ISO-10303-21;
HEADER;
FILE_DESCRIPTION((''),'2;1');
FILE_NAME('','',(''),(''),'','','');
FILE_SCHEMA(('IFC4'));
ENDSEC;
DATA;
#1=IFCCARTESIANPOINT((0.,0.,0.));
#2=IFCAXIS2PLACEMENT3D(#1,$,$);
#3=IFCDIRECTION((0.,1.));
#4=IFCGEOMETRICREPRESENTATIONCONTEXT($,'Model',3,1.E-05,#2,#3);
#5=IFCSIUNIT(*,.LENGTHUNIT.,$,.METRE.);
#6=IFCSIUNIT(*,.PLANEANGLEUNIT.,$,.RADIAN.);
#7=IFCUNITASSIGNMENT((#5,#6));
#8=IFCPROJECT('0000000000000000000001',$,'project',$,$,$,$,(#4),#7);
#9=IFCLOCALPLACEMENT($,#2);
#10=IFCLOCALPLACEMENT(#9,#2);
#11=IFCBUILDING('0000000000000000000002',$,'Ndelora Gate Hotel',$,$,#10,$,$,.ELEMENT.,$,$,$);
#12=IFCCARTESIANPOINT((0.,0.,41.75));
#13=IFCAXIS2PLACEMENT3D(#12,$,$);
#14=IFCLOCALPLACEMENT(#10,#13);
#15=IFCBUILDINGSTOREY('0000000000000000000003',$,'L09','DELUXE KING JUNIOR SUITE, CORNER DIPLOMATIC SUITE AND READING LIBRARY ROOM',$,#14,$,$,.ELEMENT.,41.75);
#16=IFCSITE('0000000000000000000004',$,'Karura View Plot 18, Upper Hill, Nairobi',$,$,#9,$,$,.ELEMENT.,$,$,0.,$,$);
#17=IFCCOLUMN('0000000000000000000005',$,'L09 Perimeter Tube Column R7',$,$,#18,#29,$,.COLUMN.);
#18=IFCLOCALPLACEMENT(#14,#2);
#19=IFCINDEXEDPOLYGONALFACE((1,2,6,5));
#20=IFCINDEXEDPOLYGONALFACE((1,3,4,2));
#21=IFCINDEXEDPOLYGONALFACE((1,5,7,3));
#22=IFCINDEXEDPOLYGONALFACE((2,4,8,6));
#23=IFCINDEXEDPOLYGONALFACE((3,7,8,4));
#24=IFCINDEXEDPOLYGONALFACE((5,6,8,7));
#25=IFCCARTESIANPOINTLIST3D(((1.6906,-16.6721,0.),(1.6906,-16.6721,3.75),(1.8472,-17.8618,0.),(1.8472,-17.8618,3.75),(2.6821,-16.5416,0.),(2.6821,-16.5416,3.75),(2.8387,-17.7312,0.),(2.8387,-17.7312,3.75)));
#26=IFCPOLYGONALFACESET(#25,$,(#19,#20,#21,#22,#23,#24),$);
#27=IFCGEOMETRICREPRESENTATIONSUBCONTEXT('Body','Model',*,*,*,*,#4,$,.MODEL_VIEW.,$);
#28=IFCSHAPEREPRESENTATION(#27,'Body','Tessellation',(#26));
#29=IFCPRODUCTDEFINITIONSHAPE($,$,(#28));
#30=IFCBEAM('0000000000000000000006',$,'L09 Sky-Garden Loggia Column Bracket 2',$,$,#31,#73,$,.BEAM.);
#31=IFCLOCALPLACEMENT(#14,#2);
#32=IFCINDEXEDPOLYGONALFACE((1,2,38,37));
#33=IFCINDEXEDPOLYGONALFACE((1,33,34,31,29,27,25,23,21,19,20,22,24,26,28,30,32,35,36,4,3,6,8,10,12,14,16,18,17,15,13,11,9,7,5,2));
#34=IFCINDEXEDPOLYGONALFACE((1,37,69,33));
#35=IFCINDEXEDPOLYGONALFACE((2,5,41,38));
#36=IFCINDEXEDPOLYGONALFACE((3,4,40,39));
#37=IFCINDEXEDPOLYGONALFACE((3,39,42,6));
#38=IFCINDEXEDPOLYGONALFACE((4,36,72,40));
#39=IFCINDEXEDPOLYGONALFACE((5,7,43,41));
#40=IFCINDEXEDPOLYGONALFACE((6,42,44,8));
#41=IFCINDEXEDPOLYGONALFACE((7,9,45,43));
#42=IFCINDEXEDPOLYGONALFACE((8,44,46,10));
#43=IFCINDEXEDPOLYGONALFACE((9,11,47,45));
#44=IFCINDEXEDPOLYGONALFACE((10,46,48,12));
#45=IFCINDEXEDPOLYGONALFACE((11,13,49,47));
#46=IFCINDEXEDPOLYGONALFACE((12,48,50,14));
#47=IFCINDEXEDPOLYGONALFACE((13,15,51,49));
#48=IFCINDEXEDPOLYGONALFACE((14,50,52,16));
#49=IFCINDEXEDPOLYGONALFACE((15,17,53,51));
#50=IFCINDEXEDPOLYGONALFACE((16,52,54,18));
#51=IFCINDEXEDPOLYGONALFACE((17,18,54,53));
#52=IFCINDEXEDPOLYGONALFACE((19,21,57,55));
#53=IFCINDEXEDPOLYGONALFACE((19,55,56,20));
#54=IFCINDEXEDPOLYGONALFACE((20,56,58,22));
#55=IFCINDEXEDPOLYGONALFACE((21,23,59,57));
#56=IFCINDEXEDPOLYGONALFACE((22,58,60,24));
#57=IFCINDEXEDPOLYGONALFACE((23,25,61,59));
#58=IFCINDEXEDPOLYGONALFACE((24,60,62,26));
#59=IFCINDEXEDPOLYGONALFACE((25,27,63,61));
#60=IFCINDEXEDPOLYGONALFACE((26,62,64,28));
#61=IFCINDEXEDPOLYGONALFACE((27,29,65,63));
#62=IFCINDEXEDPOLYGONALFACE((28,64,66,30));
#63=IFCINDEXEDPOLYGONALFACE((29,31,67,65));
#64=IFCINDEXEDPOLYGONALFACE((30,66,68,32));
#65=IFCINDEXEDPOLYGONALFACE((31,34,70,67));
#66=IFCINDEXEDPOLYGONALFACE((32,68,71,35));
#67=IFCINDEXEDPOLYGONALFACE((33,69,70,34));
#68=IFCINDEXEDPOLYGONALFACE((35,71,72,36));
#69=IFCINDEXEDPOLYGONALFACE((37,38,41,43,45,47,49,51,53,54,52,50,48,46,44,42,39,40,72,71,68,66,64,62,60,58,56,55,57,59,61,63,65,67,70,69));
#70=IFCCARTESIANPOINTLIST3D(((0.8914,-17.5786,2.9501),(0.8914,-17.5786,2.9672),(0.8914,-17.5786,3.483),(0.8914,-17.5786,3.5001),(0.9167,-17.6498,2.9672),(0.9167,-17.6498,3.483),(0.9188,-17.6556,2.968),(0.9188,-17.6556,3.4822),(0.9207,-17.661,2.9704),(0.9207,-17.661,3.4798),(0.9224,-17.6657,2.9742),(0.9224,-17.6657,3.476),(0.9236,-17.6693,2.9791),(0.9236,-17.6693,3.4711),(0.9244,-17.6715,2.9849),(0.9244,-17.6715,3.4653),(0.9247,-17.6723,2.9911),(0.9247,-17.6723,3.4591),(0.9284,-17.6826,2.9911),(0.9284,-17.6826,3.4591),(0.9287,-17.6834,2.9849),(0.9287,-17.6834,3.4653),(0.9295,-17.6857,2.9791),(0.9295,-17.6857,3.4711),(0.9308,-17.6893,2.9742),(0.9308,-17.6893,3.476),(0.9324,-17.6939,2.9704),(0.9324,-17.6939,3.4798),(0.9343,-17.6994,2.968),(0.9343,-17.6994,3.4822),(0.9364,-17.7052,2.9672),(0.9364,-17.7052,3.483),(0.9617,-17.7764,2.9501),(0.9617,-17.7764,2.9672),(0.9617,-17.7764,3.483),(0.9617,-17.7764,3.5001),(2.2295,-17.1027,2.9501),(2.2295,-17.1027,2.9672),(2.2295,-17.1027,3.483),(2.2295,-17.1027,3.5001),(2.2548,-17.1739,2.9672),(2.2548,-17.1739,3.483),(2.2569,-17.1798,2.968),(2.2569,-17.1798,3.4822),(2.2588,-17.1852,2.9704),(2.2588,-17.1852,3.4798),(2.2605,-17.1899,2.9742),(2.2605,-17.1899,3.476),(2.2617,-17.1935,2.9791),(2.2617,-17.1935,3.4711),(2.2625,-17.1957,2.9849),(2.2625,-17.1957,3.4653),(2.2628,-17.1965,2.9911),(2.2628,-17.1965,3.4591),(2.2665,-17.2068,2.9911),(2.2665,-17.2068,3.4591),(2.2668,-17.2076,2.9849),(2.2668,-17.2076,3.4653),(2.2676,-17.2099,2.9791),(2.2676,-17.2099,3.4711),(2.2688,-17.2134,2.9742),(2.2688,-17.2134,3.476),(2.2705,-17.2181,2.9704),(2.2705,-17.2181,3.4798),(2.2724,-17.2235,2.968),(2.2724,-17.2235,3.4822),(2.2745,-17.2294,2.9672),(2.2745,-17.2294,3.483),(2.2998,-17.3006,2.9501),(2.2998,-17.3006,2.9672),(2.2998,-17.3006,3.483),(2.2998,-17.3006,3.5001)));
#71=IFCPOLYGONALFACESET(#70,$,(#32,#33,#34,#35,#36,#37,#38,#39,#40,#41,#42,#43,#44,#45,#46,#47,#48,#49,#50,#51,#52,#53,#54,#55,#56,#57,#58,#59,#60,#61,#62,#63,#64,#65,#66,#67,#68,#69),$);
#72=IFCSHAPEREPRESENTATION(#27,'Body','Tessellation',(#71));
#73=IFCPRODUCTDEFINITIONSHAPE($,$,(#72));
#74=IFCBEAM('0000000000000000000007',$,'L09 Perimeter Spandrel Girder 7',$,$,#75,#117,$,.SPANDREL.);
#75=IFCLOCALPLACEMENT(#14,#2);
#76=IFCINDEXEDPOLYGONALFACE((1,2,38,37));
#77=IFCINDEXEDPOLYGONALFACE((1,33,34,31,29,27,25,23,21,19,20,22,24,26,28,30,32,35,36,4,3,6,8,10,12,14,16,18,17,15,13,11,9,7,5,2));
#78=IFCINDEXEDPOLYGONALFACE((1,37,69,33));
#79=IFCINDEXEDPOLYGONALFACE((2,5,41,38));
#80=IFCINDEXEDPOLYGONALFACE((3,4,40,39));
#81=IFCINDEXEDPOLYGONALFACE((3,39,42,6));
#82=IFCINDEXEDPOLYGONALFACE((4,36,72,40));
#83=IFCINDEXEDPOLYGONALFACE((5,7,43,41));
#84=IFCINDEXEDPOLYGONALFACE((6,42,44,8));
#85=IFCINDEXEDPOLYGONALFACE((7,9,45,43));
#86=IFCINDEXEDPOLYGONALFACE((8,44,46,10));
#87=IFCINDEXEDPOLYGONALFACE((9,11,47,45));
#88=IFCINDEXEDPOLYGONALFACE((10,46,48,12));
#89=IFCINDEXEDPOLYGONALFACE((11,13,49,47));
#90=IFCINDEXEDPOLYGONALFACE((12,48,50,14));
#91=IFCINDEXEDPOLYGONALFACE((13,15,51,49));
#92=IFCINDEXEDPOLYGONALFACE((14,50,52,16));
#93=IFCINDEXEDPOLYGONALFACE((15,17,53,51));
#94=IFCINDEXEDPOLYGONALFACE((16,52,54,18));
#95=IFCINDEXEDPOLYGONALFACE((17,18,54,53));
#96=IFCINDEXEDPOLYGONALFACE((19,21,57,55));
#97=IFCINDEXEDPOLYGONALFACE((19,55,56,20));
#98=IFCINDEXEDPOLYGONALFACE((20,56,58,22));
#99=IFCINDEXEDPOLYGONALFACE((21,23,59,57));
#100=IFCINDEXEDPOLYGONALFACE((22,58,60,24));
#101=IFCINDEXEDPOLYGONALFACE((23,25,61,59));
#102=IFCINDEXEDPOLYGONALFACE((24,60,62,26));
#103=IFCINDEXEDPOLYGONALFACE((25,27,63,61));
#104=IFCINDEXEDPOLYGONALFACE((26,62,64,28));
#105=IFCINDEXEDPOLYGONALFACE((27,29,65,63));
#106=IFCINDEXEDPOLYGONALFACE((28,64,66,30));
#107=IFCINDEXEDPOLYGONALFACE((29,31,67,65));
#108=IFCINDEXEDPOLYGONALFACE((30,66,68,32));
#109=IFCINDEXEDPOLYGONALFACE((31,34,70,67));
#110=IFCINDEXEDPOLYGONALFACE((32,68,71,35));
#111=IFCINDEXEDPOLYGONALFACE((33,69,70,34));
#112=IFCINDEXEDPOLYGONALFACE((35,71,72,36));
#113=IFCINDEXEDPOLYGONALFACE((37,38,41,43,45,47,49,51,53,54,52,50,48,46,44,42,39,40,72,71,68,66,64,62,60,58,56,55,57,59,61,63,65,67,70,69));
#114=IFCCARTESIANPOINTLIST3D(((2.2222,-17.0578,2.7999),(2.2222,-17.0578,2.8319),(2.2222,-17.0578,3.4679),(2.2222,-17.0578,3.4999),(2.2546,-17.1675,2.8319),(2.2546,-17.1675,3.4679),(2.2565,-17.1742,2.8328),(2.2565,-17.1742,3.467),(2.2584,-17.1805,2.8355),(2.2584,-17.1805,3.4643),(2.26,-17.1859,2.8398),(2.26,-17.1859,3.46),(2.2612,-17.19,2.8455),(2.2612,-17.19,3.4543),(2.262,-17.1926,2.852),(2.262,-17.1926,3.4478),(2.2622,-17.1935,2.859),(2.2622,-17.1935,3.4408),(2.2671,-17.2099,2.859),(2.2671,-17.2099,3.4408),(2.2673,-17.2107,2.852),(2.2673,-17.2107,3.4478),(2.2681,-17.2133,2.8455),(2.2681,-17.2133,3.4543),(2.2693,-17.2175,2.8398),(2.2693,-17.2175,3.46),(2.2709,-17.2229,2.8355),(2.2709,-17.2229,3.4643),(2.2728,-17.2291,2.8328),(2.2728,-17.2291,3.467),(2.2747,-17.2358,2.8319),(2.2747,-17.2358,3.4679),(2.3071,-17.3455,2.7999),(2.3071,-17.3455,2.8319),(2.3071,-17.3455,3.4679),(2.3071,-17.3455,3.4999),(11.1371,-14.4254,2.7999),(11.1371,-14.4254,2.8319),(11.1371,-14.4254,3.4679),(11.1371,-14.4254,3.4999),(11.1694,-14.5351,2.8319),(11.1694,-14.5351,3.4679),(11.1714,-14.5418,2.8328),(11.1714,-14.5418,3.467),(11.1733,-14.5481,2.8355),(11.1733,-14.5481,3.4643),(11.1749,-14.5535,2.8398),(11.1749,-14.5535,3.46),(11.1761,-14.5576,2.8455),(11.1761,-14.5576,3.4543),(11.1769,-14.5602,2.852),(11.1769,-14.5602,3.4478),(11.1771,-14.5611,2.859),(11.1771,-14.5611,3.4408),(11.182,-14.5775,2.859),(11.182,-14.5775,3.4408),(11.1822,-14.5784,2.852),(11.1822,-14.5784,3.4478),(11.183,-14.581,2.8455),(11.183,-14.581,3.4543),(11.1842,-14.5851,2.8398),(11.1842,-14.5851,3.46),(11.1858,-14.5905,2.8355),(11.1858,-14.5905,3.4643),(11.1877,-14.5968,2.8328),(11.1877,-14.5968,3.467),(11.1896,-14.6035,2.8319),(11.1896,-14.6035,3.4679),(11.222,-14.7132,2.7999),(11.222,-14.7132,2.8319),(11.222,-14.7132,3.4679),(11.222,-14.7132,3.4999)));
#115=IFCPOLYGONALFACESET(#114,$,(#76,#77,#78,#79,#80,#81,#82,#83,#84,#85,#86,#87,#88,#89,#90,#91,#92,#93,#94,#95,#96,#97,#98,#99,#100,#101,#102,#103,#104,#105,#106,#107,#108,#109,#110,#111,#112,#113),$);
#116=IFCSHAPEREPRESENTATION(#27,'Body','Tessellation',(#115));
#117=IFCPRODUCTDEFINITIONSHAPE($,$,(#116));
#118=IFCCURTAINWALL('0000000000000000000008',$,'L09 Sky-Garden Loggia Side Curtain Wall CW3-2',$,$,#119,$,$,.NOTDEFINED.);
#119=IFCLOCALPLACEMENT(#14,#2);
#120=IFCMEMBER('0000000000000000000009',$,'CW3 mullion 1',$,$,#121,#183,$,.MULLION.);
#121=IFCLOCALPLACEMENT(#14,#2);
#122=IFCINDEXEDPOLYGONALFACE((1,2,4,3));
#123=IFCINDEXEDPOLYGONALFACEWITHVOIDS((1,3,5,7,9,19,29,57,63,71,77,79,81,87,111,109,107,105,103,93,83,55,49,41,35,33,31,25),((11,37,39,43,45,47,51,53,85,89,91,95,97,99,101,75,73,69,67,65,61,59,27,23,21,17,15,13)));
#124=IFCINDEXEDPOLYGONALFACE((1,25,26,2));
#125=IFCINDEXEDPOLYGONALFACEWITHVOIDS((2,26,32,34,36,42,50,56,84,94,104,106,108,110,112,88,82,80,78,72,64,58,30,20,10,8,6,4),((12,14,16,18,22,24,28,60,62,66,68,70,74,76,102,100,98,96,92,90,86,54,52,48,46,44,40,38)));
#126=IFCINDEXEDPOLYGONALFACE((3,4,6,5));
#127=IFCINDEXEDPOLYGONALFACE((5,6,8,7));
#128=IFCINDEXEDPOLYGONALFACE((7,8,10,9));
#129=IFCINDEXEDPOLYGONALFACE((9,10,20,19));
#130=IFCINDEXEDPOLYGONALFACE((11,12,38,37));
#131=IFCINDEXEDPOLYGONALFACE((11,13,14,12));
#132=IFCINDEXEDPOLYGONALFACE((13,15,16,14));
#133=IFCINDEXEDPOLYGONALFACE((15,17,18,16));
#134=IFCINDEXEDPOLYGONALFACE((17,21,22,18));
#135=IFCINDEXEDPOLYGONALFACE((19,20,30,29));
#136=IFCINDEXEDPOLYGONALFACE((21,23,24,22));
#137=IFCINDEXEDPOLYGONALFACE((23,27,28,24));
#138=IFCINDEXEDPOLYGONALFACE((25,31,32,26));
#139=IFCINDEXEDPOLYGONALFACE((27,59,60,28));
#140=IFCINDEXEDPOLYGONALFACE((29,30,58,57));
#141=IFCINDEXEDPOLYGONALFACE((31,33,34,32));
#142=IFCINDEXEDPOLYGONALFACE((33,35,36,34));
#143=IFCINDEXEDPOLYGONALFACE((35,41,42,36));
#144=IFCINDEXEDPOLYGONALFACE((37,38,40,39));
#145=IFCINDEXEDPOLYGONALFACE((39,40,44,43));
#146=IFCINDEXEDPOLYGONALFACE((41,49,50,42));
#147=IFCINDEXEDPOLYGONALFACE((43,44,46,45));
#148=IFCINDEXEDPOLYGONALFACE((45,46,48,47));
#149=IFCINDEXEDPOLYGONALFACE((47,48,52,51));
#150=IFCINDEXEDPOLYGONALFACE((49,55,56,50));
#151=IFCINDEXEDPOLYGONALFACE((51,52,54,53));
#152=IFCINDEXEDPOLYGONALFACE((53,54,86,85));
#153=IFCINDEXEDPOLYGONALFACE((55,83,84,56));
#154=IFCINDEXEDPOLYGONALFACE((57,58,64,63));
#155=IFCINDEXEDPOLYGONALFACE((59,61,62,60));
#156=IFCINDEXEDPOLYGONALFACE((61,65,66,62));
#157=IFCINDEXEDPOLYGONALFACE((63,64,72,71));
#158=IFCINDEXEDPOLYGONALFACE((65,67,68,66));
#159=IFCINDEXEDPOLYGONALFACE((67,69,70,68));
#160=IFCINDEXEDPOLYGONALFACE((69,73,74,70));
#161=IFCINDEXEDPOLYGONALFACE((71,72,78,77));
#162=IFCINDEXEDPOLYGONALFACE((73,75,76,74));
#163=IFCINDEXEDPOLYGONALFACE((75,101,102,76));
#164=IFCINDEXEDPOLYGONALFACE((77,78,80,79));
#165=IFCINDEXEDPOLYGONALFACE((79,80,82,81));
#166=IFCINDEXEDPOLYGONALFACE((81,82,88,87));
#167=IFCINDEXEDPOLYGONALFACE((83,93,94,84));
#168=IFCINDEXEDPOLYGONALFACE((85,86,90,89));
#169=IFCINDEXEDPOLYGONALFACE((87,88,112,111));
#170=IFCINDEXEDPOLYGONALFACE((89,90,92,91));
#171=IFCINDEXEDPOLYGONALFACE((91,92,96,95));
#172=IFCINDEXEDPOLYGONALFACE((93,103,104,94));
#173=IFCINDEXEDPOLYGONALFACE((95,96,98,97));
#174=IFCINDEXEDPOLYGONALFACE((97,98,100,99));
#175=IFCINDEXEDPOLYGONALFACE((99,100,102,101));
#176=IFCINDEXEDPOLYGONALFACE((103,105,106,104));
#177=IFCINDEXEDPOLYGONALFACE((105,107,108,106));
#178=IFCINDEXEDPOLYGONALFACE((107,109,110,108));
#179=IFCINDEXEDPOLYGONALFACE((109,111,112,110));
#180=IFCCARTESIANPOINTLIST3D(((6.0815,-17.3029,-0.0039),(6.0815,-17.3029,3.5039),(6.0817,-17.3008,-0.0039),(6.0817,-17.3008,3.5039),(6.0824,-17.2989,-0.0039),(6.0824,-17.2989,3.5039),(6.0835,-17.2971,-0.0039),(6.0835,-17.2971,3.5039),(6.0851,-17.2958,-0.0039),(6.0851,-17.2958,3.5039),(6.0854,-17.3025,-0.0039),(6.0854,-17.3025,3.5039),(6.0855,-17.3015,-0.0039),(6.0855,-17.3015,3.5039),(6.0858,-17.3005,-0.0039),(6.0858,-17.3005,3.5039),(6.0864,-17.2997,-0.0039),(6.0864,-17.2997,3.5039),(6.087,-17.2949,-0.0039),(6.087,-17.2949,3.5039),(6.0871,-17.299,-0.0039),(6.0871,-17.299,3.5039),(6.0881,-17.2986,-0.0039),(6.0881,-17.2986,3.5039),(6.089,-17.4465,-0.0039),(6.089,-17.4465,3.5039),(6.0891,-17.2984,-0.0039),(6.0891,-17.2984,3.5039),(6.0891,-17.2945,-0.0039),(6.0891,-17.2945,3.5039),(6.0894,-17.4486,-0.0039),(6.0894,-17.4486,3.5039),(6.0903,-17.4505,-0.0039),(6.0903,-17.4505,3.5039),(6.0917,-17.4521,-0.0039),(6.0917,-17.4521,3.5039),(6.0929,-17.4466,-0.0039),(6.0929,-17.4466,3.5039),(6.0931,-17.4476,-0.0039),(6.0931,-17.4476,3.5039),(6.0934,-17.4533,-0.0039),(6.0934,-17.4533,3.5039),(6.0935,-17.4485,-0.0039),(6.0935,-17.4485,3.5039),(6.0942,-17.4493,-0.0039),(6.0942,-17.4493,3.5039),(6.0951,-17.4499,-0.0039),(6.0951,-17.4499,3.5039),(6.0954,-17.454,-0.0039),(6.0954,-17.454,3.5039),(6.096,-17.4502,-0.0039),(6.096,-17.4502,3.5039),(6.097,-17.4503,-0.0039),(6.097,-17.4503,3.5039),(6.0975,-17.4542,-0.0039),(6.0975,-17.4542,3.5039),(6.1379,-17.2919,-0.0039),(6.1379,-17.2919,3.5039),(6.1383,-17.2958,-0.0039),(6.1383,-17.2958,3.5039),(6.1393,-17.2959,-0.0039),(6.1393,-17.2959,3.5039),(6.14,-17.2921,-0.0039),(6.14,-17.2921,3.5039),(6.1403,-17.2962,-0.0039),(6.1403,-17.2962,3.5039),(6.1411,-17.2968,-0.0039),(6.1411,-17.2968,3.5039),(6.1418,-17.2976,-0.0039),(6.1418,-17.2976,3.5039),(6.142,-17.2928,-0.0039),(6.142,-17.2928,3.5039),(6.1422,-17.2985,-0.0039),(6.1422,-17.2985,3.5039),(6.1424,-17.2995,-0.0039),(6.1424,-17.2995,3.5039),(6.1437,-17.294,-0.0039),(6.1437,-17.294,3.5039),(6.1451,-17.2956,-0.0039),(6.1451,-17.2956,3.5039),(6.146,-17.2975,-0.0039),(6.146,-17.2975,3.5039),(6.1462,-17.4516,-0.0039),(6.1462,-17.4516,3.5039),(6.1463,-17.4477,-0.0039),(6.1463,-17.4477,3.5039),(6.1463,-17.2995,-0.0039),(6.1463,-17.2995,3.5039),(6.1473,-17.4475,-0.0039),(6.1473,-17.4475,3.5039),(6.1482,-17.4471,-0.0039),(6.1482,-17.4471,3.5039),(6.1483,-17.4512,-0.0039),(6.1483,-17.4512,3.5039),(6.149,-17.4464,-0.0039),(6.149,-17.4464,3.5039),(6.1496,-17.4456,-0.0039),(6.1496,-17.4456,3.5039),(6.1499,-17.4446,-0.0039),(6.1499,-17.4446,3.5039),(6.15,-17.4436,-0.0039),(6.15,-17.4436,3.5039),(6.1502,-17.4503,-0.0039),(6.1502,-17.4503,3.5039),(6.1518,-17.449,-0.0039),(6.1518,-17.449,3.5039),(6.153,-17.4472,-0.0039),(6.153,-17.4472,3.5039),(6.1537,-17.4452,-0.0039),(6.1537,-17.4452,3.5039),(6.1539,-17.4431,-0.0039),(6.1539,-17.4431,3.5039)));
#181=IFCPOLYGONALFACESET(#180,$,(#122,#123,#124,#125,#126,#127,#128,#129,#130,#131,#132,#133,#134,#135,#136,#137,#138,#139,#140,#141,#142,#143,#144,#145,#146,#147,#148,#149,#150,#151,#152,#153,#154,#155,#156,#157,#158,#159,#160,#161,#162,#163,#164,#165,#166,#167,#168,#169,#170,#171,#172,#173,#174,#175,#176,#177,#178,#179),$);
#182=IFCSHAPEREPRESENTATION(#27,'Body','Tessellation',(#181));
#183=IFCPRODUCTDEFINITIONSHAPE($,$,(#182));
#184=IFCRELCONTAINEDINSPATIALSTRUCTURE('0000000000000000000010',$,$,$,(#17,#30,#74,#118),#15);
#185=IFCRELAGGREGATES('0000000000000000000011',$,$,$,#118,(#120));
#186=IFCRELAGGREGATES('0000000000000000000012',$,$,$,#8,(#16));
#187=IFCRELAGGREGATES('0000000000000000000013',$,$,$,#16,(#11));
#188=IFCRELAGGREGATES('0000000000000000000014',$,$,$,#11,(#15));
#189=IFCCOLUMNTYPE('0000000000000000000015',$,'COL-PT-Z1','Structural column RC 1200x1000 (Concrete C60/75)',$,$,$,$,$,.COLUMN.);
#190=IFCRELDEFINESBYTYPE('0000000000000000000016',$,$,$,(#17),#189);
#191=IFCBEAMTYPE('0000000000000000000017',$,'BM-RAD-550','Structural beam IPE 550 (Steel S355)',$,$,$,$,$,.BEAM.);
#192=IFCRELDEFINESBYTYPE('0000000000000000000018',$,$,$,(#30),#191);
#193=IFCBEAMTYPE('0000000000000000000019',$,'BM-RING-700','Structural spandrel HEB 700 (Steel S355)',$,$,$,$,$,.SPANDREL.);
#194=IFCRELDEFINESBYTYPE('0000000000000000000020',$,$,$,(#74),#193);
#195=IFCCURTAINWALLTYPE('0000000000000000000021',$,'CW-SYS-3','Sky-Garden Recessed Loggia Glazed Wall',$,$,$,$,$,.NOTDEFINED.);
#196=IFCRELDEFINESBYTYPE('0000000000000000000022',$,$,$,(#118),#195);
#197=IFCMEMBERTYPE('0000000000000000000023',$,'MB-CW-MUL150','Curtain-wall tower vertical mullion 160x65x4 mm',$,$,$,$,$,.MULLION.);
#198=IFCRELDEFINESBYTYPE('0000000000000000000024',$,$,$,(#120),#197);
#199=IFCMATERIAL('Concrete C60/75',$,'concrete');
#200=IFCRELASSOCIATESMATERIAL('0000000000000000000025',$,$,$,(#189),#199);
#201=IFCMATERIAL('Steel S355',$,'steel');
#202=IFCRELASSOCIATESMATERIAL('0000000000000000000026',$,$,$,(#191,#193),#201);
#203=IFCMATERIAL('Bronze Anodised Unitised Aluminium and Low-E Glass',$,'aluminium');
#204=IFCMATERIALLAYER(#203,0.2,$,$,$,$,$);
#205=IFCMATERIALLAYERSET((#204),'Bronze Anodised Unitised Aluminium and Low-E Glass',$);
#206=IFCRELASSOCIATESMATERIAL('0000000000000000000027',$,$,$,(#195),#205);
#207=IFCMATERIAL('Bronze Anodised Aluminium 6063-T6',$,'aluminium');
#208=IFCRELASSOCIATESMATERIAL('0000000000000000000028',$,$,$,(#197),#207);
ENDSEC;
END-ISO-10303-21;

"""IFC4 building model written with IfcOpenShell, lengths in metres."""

from ifc_helpers import new_model, si_unit, direction, frame, origin, origin_2d, place, context, subcontext, project, spatial, rectangle, hollow_rectangle, i_section, extrude, material, layer, layer_set, material_profile, profile_set, type_object, element, aggregate, save


model = new_model("IFC4")

# Units and contexts
model_context = context("Model", 3, precision=1e-05, world=origin(), true_north=direction((0.0, 1.0)))
body_context = subcontext(model_context, "Body", "Model", "MODEL_VIEW")
ifc_project = project(units=[si_unit("LENGTHUNIT", "METRE"), si_unit("PLANEANGLEUNIT", "RADIAN")], contexts=[model_context])

# Site, building, storey
site_placement = place(None, origin())
site = spatial("IfcSite", under=ifc_project, at=site_placement, Name="Karura View Plot 18, Upper Hill, Nairobi", CompositionType="ELEMENT", RefElevation=0.0)
building_placement = place(site_placement, origin())
building = spatial("IfcBuilding", under=site, at=building_placement, Name="Ndelora Gate Hotel", CompositionType="ELEMENT")
storey_placement = place(building_placement, frame((0.0, 0.0, 41.75)))
storey = spatial("IfcBuildingStorey", under=building, at=storey_placement, Name="L09", Description="DELUXE KING JUNIOR SUITE, CORNER DIPLOMATIC SUITE AND READING LIBRARY ROOM", CompositionType="ELEMENT", Elevation=41.75)

# Column
ifc_material_1 = material(Name="Concrete C60/75", Category="concrete")
ifc_material_profile_1 = material_profile(ifc_material_1, rectangle(XDim=1.0, YDim=1.2, at=origin_2d()), Name="RC 1200x1000")
ifc_profile_set_1 = profile_set([ifc_material_profile_1], Name="Concrete C60/75")
column_type = type_object("IfcColumnType", Name="COL-PT-Z1", Description="Structural column RC 1200x1000 (Concrete C60/75)", PredefinedType="COLUMN", material=ifc_profile_set_1)
column_placement = place(storey_placement, frame((2.2646, -17.2017, 0.0), z_axis=(0.0, 0.0, 1.0), x_axis=(0.991445, 0.130526, 0.0)))
element("IfcColumn", 1, at=column_placement, inside=storey, type_object=column_type, Name="L09 Perimeter Tube Column R7", PredefinedType="COLUMN", context=body_context, shape_type="SweptSolid", body=[
    extrude(rectangle(XDim=1.0, YDim=1.2, at=origin_2d()), origin(), (0.0, 0.0, 1.0), 3.75),
])

# Beams
ifc_material_2 = material(Name="Steel S355", Category="steel")
ifc_material_profile_2 = material_profile(ifc_material_2, i_section(OverallWidth=0.21, OverallDepth=0.55, WebThickness=0.011, FlangeThickness=0.0171, FilletRadius=0.0239, at=origin_2d()), Name="IPE 550")
ifc_profile_set_2 = profile_set([ifc_material_profile_2], Name="Steel S355")
beam_type_1 = type_object("IfcBeamType", Name="BM-RAD-550", Description="Structural beam IPE 550 (Steel S355)", PredefinedType="BEAM", material=ifc_profile_set_2)
beam_1_placement = place(storey_placement, frame((2.2646, -17.2017, 3.2251), z_axis=(-0.942204, -0.33504, 0.0), x_axis=(0.33504, -0.942204, 0.0)))
element("IfcBeam", 2, at=beam_1_placement, inside=storey, type_object=beam_type_1, Name="L09 Sky-Garden Loggia Column Bracket 2", PredefinedType="BEAM", context=body_context, shape_type="SweptSolid", body=[
    extrude(i_section(OverallWidth=0.21, OverallDepth=0.55, WebThickness=0.011, FlangeThickness=0.0171, FilletRadius=0.0239, at=origin_2d()), origin(), (0.0, 0.0, 1.0), 1.4202),
])
ifc_material_profile_3 = material_profile(ifc_material_2, i_section(OverallWidth=0.3, OverallDepth=0.7, WebThickness=0.0171, FlangeThickness=0.032, FilletRadius=0.0271, at=origin_2d()), Name="HEB 700")
ifc_profile_set_3 = profile_set([ifc_material_profile_3], Name="Steel S355")
beam_type_2 = type_object("IfcBeamType", Name="BM-RING-700", Description="Structural spandrel HEB 700 (Steel S355)", PredefinedType="SPANDREL", material=ifc_profile_set_3)
beam_2_placement = place(storey_placement, frame((2.2646, -17.2017, 3.1499), z_axis=(0.959064, 0.283189, 0.0), x_axis=(-0.283189, 0.959064, 0.0)))
element("IfcBeam", 3, at=beam_2_placement, inside=storey, type_object=beam_type_2, Name="L09 Perimeter Spandrel Girder 7", PredefinedType="SPANDREL", context=body_context, shape_type="SweptSolid", body=[
    extrude(i_section(OverallWidth=0.3, OverallDepth=0.7, WebThickness=0.0171, FlangeThickness=0.032, FilletRadius=0.0271, at=origin_2d()), origin(), (0.0, 0.0, 1.0), 9.2954),
])

# Curtain wall, member
ifc_material_3 = material(Name="Bronze Anodised Unitised Aluminium and Low-E Glass", Category="aluminium")
ifc_layer_1 = layer(ifc_material_3, 0.2)
ifc_layer_set_1 = layer_set([ifc_layer_1], Name="Bronze Anodised Unitised Aluminium and Low-E Glass")
curtain_wall_type = type_object("IfcCurtainWallType", Name="CW-SYS-3", Description="Sky-Garden Recessed Loggia Glazed Wall", PredefinedType="NOTDEFINED", material=ifc_layer_set_1)
curtain_wall_placement = place(storey_placement, origin())
curtain_wall = element("IfcCurtainWall", 4, at=curtain_wall_placement, inside=storey, type_object=curtain_wall_type, Name="L09 Sky-Garden Loggia Side Curtain Wall CW3-2", PredefinedType="NOTDEFINED")
ifc_material_4 = material(Name="Bronze Anodised Aluminium 6063-T6", Category="aluminium")
ifc_material_profile_4 = material_profile(ifc_material_4, hollow_rectangle(XDim=0.0649, YDim=0.1599, WallThickness=0.0039, InnerFilletRadius=0.0039, OuterFilletRadius=0.0081, at=origin_2d()), Name="ALU 160x65x4")
ifc_profile_set_4 = profile_set([ifc_material_profile_4], Name="Bronze Anodised Aluminium 6063-T6")
member_type_1 = type_object("IfcMemberType", Name="MB-CW-MUL150", Description="Curtain-wall tower vertical mullion 160x65x4 mm", PredefinedType="MULLION", material=ifc_profile_set_4)
member_1_placement = place(storey_placement, frame((6.1177, -17.373, -0.0039), z_axis=(0.0, 0.0, 1.0), x_axis=(-0.99863, -0.052318, 0.0)))
member_1 = element("IfcMember", 5, at=member_1_placement, type_object=member_type_1, Name="CW3 mullion 1", PredefinedType="MULLION", context=body_context, shape_type="SweptSolid", body=[
    extrude(hollow_rectangle(XDim=0.0649, YDim=0.1599, WallThickness=0.0039, InnerFilletRadius=0.0039, OuterFilletRadius=0.0081, at=origin_2d()), origin(), (0.0, 0.0, 1.0), 3.5078),
])
aggregate(curtain_wall, [member_1])

save(model, "model.ifc")
